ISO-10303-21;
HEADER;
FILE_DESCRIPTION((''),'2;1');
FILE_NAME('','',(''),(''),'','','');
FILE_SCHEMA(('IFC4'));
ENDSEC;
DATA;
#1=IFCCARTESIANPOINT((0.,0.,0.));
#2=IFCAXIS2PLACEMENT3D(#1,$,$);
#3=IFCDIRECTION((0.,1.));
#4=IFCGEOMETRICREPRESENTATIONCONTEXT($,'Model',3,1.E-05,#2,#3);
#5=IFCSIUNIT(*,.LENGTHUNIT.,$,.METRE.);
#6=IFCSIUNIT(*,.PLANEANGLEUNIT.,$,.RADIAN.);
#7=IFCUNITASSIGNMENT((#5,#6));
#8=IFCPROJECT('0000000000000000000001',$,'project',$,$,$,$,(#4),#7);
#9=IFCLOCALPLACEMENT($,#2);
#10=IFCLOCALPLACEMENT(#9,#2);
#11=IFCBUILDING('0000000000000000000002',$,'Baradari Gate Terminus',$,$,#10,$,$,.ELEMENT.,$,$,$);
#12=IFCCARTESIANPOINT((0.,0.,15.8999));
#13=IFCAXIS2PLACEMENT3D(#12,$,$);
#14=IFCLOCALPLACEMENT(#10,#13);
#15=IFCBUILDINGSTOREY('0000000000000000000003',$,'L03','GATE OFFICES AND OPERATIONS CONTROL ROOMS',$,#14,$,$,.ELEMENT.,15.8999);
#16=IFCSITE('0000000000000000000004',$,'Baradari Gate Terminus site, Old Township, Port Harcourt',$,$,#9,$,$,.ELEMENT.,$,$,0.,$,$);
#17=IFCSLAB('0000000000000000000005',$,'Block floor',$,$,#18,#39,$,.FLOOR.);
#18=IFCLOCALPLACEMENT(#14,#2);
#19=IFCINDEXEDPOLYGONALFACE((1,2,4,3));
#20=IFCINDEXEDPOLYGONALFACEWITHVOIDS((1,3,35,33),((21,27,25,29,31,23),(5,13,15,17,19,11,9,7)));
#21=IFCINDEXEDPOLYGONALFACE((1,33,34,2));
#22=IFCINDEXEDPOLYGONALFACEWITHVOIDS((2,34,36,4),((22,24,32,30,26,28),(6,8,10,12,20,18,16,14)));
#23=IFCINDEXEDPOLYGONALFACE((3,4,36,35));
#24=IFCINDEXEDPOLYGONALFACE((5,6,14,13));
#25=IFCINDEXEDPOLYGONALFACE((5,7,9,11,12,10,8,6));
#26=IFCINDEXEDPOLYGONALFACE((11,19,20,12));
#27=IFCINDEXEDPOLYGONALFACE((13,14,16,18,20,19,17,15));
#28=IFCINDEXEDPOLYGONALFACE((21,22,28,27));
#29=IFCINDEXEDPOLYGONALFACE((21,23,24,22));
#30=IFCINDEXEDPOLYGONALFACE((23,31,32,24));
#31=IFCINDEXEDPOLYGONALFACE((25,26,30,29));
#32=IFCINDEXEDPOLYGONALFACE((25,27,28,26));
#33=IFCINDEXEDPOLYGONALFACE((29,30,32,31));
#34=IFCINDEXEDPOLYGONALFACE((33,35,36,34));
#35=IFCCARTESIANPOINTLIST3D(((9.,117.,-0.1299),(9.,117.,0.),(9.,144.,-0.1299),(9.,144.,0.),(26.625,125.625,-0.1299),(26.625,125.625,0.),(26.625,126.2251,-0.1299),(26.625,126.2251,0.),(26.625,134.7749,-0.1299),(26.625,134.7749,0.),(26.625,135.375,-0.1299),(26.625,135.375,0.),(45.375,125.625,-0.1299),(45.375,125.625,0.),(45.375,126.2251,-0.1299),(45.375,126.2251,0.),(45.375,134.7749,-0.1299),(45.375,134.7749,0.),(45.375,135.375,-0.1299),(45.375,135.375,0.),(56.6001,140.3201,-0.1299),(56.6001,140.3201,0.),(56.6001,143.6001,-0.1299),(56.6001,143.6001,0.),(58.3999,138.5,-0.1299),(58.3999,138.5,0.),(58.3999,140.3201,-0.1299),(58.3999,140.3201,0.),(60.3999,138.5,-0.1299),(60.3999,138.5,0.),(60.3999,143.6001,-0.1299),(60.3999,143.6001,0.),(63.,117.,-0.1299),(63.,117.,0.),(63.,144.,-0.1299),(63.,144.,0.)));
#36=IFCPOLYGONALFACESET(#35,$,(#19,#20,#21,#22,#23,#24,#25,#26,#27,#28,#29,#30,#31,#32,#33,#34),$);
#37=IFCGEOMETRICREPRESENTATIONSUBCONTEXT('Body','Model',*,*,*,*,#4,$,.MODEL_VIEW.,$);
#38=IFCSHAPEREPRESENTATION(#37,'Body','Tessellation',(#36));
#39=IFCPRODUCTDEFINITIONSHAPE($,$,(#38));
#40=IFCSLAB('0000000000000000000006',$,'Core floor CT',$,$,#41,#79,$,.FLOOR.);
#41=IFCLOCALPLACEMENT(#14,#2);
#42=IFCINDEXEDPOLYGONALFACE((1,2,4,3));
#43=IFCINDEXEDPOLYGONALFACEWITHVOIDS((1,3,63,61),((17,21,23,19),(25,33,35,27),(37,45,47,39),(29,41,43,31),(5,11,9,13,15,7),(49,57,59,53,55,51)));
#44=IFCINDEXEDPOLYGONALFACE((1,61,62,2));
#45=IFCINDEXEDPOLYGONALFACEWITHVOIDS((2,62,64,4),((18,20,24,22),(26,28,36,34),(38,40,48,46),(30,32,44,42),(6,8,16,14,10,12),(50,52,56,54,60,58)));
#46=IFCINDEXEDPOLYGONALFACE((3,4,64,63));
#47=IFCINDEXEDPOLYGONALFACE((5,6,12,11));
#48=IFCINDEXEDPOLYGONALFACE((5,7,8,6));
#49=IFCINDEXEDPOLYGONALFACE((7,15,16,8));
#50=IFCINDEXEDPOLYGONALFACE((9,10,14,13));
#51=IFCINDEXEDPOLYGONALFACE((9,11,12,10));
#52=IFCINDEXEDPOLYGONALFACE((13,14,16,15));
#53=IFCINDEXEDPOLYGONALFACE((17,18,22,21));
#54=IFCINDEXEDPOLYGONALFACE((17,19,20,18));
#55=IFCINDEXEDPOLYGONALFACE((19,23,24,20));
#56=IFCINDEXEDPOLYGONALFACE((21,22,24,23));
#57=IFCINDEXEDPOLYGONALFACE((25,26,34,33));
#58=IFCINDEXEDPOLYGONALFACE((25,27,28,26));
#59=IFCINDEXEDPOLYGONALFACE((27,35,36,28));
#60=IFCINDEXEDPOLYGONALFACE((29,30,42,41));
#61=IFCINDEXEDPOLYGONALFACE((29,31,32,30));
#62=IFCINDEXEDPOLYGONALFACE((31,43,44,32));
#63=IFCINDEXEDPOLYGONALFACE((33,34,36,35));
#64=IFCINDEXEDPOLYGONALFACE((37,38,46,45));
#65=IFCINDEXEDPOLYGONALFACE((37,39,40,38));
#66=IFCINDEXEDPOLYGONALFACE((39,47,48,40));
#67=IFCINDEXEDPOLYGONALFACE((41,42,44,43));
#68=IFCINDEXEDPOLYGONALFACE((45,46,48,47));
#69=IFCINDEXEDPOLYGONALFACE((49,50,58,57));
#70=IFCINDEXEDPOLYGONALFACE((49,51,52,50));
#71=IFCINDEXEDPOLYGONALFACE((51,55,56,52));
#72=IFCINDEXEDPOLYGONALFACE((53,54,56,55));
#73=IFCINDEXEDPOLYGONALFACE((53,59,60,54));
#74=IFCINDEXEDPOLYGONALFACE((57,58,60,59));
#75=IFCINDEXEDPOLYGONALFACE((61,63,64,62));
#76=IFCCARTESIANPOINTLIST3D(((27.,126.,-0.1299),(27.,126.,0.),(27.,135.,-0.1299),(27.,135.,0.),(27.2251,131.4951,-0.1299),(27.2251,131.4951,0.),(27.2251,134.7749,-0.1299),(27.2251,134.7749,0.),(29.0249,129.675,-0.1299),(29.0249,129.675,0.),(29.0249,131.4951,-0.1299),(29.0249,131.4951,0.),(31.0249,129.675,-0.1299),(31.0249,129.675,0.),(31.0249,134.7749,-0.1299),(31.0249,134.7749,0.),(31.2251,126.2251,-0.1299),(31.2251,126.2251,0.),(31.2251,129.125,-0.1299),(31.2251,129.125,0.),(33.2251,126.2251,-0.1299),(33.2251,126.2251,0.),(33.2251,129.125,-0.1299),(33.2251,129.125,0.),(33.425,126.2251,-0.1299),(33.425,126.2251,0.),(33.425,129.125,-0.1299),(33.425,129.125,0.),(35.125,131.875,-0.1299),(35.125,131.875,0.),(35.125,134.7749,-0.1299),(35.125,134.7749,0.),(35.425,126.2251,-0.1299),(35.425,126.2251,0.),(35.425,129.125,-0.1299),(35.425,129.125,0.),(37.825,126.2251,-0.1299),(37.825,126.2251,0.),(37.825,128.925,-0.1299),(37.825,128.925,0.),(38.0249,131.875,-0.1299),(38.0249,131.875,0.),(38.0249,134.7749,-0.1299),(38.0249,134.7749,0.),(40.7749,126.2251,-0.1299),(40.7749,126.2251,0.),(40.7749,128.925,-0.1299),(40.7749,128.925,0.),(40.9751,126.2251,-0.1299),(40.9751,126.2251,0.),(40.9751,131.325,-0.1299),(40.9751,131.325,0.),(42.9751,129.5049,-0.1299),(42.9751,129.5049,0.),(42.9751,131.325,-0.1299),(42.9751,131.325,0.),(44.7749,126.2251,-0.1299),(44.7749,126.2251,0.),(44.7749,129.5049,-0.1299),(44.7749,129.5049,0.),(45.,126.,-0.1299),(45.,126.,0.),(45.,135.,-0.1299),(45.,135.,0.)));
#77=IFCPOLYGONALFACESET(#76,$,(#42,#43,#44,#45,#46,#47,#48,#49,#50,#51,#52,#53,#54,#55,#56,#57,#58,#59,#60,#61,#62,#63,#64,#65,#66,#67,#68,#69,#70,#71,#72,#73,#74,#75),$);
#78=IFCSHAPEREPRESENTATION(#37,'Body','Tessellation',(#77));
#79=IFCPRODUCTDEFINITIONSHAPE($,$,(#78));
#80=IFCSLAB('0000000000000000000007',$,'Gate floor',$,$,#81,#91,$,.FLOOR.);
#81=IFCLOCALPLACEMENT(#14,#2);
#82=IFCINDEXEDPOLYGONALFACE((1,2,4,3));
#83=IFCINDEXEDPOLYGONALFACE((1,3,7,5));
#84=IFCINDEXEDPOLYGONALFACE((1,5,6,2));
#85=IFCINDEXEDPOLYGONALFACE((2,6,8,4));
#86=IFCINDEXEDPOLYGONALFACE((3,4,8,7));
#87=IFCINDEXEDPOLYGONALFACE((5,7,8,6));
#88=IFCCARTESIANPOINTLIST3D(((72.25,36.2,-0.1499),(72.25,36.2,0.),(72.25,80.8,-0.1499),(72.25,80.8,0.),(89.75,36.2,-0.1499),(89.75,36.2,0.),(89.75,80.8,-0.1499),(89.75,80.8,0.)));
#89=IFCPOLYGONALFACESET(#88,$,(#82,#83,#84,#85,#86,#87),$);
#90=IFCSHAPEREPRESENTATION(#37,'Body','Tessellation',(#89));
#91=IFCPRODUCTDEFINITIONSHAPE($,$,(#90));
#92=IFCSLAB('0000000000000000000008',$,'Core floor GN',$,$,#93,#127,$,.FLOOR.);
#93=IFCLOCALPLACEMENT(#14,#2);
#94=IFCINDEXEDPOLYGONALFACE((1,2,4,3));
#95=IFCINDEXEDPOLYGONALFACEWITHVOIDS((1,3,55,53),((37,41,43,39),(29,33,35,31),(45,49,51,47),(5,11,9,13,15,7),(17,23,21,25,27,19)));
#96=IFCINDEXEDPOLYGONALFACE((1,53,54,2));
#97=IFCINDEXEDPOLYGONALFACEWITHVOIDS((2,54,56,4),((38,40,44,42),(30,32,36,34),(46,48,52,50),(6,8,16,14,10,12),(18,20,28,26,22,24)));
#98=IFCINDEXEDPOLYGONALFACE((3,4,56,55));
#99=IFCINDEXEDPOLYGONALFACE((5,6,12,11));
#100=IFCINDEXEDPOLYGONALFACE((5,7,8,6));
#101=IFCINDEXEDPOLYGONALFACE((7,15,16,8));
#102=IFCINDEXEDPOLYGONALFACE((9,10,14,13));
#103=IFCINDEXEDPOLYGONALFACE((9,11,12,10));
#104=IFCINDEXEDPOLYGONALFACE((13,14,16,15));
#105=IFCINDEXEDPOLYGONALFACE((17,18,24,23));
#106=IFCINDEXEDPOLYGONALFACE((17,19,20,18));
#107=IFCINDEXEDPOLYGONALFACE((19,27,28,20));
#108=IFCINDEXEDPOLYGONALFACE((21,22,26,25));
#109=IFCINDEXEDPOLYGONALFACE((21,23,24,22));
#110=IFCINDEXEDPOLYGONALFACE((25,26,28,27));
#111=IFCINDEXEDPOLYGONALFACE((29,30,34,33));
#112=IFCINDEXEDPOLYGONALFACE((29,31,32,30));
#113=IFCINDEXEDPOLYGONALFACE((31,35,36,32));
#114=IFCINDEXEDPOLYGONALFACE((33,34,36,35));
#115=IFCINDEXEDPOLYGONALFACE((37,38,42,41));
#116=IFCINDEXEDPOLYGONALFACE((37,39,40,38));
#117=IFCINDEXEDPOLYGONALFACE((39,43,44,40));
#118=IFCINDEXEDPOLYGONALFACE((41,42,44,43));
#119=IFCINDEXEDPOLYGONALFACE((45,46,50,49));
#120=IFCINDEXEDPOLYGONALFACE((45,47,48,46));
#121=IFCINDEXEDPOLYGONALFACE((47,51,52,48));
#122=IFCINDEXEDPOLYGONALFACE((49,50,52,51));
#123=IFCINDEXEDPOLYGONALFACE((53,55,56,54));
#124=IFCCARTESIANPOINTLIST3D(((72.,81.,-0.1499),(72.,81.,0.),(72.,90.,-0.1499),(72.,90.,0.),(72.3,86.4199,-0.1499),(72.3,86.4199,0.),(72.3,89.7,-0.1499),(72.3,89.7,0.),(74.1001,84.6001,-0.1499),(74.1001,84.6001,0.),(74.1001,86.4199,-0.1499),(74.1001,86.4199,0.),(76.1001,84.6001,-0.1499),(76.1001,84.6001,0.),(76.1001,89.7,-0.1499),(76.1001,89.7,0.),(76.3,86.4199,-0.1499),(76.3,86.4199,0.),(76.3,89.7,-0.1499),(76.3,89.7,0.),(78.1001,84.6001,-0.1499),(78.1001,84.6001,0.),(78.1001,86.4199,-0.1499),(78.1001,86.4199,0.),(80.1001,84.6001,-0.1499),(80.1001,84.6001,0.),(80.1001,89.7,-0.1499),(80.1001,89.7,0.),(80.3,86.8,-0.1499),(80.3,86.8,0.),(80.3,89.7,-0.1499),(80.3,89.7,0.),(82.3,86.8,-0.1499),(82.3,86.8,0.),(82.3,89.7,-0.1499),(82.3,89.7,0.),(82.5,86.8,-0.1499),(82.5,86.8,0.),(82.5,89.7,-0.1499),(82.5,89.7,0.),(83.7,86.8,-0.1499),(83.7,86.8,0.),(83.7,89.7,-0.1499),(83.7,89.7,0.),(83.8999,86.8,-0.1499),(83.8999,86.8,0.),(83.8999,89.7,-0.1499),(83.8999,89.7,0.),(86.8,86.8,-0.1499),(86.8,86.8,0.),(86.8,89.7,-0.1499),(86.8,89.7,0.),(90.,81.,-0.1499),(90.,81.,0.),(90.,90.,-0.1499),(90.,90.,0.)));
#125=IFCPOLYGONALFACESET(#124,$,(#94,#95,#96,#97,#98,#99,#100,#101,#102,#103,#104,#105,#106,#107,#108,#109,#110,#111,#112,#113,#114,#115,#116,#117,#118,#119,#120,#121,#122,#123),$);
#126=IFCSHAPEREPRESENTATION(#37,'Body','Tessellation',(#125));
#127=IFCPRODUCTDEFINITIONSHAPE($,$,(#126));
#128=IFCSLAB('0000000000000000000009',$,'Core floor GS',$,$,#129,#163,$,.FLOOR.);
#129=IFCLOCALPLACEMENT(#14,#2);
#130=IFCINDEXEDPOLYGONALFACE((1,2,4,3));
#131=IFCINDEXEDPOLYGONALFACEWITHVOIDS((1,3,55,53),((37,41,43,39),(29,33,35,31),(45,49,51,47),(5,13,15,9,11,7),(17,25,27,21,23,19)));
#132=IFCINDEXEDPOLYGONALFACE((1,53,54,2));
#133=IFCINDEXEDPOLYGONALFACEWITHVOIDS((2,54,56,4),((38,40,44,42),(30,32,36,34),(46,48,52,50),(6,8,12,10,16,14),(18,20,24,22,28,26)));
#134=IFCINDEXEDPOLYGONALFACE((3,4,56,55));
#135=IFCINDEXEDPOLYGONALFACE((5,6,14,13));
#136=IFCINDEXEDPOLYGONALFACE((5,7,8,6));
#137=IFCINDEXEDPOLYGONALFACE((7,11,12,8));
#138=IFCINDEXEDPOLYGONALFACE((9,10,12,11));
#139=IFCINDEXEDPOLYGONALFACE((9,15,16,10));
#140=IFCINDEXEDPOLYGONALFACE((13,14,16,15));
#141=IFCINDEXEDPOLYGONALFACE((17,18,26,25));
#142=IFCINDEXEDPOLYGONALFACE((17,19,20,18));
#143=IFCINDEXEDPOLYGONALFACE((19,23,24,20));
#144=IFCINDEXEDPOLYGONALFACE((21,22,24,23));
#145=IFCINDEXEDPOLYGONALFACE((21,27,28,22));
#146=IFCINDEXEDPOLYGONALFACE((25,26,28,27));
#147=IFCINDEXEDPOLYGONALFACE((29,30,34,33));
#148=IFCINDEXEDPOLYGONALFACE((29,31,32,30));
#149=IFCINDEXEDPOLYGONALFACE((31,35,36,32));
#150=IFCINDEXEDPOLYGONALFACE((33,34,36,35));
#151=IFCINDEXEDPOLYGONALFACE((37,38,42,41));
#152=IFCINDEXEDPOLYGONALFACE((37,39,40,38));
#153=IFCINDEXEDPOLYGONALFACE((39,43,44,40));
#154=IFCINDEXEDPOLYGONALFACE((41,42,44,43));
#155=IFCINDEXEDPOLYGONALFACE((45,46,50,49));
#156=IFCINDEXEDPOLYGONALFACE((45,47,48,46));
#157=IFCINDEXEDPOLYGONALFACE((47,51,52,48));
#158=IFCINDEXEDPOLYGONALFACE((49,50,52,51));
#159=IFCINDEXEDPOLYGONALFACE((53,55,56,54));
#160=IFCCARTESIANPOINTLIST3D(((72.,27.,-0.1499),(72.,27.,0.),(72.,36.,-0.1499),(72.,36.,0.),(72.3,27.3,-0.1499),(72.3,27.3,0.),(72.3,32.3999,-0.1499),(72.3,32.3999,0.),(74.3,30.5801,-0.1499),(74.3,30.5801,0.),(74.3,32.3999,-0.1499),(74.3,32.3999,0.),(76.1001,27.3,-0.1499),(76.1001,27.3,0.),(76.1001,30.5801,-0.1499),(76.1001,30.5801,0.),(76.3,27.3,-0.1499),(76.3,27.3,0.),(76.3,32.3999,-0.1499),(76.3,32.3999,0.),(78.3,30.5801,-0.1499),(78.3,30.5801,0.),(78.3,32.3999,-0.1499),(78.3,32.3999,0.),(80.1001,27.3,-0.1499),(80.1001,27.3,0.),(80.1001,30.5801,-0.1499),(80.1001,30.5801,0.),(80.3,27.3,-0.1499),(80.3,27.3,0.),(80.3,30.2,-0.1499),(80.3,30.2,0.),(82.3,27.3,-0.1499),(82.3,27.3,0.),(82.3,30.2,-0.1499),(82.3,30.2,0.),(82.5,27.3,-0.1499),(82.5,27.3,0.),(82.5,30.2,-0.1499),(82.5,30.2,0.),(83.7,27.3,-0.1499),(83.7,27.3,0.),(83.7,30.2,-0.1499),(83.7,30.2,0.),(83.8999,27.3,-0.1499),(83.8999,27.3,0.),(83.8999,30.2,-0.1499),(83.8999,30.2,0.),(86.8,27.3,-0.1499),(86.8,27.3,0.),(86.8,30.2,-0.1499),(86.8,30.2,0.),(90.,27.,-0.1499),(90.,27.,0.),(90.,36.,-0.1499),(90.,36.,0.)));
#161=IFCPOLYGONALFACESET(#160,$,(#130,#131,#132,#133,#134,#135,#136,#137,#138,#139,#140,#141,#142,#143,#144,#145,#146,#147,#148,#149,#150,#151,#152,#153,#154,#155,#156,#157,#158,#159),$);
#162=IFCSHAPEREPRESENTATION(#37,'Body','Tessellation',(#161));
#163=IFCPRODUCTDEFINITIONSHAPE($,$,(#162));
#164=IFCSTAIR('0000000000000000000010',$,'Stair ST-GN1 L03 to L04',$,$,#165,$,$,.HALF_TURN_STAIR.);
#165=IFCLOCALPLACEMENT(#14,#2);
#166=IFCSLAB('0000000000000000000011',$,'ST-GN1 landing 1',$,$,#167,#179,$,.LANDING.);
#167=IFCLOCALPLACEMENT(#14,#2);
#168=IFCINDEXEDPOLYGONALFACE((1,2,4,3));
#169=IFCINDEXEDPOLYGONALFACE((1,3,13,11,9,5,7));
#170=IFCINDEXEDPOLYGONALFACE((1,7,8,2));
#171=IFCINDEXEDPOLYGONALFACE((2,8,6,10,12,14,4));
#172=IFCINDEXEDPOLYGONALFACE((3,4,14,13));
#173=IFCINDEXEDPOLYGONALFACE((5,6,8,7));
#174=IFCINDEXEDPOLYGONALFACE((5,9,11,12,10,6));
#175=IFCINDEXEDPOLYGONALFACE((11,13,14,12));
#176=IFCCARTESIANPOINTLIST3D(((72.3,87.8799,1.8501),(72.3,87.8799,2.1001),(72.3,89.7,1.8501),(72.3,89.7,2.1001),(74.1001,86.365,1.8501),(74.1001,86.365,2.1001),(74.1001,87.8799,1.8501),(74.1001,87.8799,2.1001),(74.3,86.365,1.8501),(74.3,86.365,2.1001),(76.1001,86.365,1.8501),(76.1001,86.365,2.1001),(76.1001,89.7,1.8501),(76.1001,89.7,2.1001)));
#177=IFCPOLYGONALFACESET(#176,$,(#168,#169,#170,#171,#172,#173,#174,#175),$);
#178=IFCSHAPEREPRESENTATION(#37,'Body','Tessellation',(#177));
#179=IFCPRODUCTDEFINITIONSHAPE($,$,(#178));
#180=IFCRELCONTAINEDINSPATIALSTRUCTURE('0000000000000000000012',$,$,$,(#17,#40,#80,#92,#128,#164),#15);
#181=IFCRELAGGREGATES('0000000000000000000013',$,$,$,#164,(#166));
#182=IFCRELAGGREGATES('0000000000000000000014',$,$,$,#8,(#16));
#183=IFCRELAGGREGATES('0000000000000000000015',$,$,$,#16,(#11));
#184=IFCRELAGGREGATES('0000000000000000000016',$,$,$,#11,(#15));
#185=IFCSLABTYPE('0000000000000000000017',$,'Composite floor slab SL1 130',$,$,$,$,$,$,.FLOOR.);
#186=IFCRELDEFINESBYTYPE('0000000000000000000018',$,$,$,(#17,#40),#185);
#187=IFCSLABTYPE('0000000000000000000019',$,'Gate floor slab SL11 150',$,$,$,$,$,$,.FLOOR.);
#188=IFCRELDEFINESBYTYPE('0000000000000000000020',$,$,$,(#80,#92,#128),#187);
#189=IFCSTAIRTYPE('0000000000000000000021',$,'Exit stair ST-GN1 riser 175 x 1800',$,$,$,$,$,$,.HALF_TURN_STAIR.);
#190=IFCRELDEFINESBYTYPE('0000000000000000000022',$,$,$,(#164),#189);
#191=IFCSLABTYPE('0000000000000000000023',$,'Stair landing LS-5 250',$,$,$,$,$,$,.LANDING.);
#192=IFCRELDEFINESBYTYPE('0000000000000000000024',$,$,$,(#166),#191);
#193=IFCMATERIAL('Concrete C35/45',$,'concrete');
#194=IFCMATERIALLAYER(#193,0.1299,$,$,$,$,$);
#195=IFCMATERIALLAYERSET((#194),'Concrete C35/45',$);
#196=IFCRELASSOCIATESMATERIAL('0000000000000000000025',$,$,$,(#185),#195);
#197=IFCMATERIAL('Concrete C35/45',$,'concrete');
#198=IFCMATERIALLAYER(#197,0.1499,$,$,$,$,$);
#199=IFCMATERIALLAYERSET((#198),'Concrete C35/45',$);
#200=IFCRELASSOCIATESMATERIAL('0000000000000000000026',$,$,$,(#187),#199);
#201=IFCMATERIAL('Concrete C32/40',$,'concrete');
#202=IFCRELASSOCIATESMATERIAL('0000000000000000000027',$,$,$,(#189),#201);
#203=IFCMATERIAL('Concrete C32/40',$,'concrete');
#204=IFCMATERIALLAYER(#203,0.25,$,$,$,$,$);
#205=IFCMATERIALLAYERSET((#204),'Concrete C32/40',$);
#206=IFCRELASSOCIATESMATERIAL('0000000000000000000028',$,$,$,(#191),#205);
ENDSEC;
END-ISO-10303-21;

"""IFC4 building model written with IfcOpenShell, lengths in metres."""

from ifc_helpers import new_model, si_unit, direction, frame, origin, place, context, subcontext, project, spatial, polyline, outline, extrude, material, layer, layer_set, type_object, element, aggregate, save


model = new_model("IFC4")

# Units and contexts
model_context = context("Model", 3, precision=1e-05, world=origin(), true_north=direction((0.0, 1.0)))
body_context = subcontext(model_context, "Body", "Model", "MODEL_VIEW")
ifc_project = project(units=[si_unit("LENGTHUNIT", "METRE"), si_unit("PLANEANGLEUNIT", "RADIAN")], contexts=[model_context])

# Site, building, storey
site_placement = place(None, origin())
site = spatial("IfcSite", under=ifc_project, at=site_placement, Name="Baradari Gate Terminus site, Old Township, Port Harcourt", CompositionType="ELEMENT", RefElevation=0.0)
building_placement = place(site_placement, origin())
building = spatial("IfcBuilding", under=site, at=building_placement, Name="Baradari Gate Terminus", CompositionType="ELEMENT")
storey_placement = place(building_placement, frame((0.0, 0.0, 15.8999)))
storey = spatial("IfcBuildingStorey", under=building, at=storey_placement, Name="L03", Description="GATE OFFICES AND OPERATIONS CONTROL ROOMS", CompositionType="ELEMENT", Elevation=15.8999)

# Slabs
ifc_material_1 = material(Name="Concrete C35/45", Category="concrete")
ifc_layer_1 = layer(ifc_material_1, 0.1299)
ifc_layer_set_1 = layer_set([ifc_layer_1], Name="Concrete C35/45")
slab_type_1 = type_object("IfcSlabType", Name="Composite floor slab SL1 130", PredefinedType="FLOOR", material=ifc_layer_set_1)
slab_1_placement = place(storey_placement, frame((0.0, 0.0, -0.1299)))
element("IfcSlab", 1, at=slab_1_placement, inside=storey, type_object=slab_type_1, Name="Block floor", PredefinedType="FLOOR", context=body_context, shape_type="SweptSolid", body=[
    extrude(outline(polyline([(63.0, 117.0), (63.0, 144.0), (9.0, 144.0), (9.0, 117.0), (63.0, 117.0)]), holes=[polyline([(56.6001, 143.6001), (56.6001, 140.3201), (58.3999, 140.3201), (58.3999, 138.5), (60.3999, 138.5), (60.3999, 143.6001), (56.6001, 143.6001)]), polyline([(45.375, 134.7749), (45.375, 135.375), (26.625, 135.375), (26.625, 134.7749), (26.625, 126.2251), (26.625, 125.625), (45.375, 125.625), (45.375, 126.2251), (45.375, 134.7749)])]), origin(), (0.0, 0.0, 1.0), 0.1299),
])
slab_2_placement = place(storey_placement, frame((0.0, 0.0, -0.1299)))
element("IfcSlab", 2, at=slab_2_placement, inside=storey, type_object=slab_type_1, Name="Core floor CT", PredefinedType="FLOOR", context=body_context, shape_type="SweptSolid", body=[
    extrude(outline(polyline([(27.0, 135.0), (27.0, 126.0), (45.0, 126.0), (45.0, 135.0), (27.0, 135.0)]), holes=[polyline([(44.7749, 126.2251), (44.7749, 129.5049), (42.9751, 129.5049), (42.9751, 131.325), (40.9751, 131.325), (40.9751, 126.2251), (44.7749, 126.2251)]), polyline([(40.7749, 128.925), (37.825, 128.925), (37.825, 126.2251), (40.7749, 126.2251), (40.7749, 128.925)]), polyline([(38.0249, 131.875), (38.0249, 134.7749), (35.125, 134.7749), (35.125, 131.875), (38.0249, 131.875)]), polyline([(35.425, 129.125), (33.425, 129.125), (33.425, 126.2251), (35.425, 126.2251), (35.425, 129.125)]), polyline([(31.2251, 129.125), (31.2251, 126.2251), (33.2251, 126.2251), (33.2251, 129.125), (31.2251, 129.125)]), polyline([(27.2251, 134.7749), (27.2251, 131.4951), (29.0249, 131.4951), (29.0249, 129.675), (31.0249, 129.675), (31.0249, 134.7749), (27.2251, 134.7749)])]), origin(), (0.0, 0.0, 1.0), 0.1299),
])
ifc_material_2 = material(Name="Concrete C35/45", Category="concrete")
ifc_layer_2 = layer(ifc_material_2, 0.1499)
ifc_layer_set_2 = layer_set([ifc_layer_2], Name="Concrete C35/45")
slab_type_2 = type_object("IfcSlabType", Name="Gate floor slab SL11 150", PredefinedType="FLOOR", material=ifc_layer_set_2)
slab_3_placement = place(storey_placement, frame((0.0, 0.0, -0.1499)))
element("IfcSlab", 3, at=slab_3_placement, inside=storey, type_object=slab_type_2, Name="Gate floor", PredefinedType="FLOOR", context=body_context, shape_type="SweptSolid", body=[
    extrude(outline(polyline([(89.75, 36.2), (89.75, 80.8), (72.25, 80.8), (72.25, 36.2), (89.75, 36.2)])), origin(), (0.0, 0.0, 1.0), 0.1499),
])
slab_4_placement = place(storey_placement, frame((0.0, 0.0, -0.1499)))
element("IfcSlab", 4, at=slab_4_placement, inside=storey, type_object=slab_type_2, Name="Core floor GN", PredefinedType="FLOOR", context=body_context, shape_type="SweptSolid", body=[
    extrude(outline(polyline([(72.0, 81.0), (90.0, 81.0), (90.0, 90.0), (72.0, 90.0), (72.0, 81.0)]), holes=[polyline([(86.8, 86.8), (86.8, 89.7), (83.8999, 89.7), (83.8999, 86.8), (86.8, 86.8)]), polyline([(83.7, 89.7), (82.5, 89.7), (82.5, 86.8), (83.7, 86.8), (83.7, 89.7)]), polyline([(82.3, 89.7), (80.3, 89.7), (80.3, 86.8), (82.3, 86.8), (82.3, 89.7)]), polyline([(76.3, 89.7), (76.3, 86.4199), (78.1001, 86.4199), (78.1001, 84.6001), (80.1001, 84.6001), (80.1001, 89.7), (76.3, 89.7)]), polyline([(72.3, 89.7), (72.3, 86.4199), (74.1001, 86.4199), (74.1001, 84.6001), (76.1001, 84.6001), (76.1001, 89.7), (72.3, 89.7)])]), origin(), (0.0, 0.0, 1.0), 0.1499),
])
slab_5_placement = place(storey_placement, frame((0.0, 0.0, -0.1499)))
element("IfcSlab", 5, at=slab_5_placement, inside=storey, type_object=slab_type_2, Name="Core floor GS", PredefinedType="FLOOR", context=body_context, shape_type="SweptSolid", body=[
    extrude(outline(polyline([(72.0, 27.0), (90.0, 27.0), (90.0, 36.0), (72.0, 36.0), (72.0, 27.0)]), holes=[polyline([(86.8, 27.3), (86.8, 30.2), (83.8999, 30.2), (83.8999, 27.3), (86.8, 27.3)]), polyline([(83.7, 30.2), (82.5, 30.2), (82.5, 27.3), (83.7, 27.3), (83.7, 30.2)]), polyline([(82.3, 30.2), (80.3, 30.2), (80.3, 27.3), (82.3, 27.3), (82.3, 30.2)]), polyline([(80.1001, 27.3), (80.1001, 30.5801), (78.3, 30.5801), (78.3, 32.3999), (76.3, 32.3999), (76.3, 27.3), (80.1001, 27.3)]), polyline([(76.1001, 27.3), (76.1001, 30.5801), (74.3, 30.5801), (74.3, 32.3999), (72.3, 32.3999), (72.3, 27.3), (76.1001, 27.3)])]), origin(), (0.0, 0.0, 1.0), 0.1499),
])

# Stair, slab
ifc_material_3 = material(Name="Concrete C32/40", Category="concrete")
stair_type_1 = type_object("IfcStairType", Name="Exit stair ST-GN1 riser 175 x 1800", PredefinedType="HALF_TURN_STAIR", material=ifc_material_3)
stair_1_placement = place(storey_placement, origin())
stair_1 = element("IfcStair", 6, at=stair_1_placement, inside=storey, type_object=stair_type_1, Name="Stair ST-GN1 L03 to L04", PredefinedType="HALF_TURN_STAIR")
ifc_material_4 = material(Name="Concrete C32/40", Category="concrete")
ifc_layer_3 = layer(ifc_material_4, 0.25)
ifc_layer_set_3 = layer_set([ifc_layer_3], Name="Concrete C32/40")
slab_type_3 = type_object("IfcSlabType", Name="Stair landing LS-5 250", PredefinedType="LANDING", material=ifc_layer_set_3)
slab_6_placement = place(storey_placement, frame((0.0, 0.0, 1.8501)))
slab_6 = element("IfcSlab", 7, at=slab_6_placement, type_object=slab_type_3, Name="ST-GN1 landing 1", PredefinedType="LANDING", context=body_context, shape_type="SweptSolid", body=[
    extrude(outline(polyline([(72.3, 89.7), (72.3, 87.8799), (74.1001, 87.8799), (74.1001, 86.365), (74.3, 86.365), (76.1001, 86.365), (76.1001, 89.7), (72.3, 89.7)])), origin(), (0.0, 0.0, 1.0), 0.25),
])
aggregate(stair_1, [slab_6])

save(model, "model.ifc")
